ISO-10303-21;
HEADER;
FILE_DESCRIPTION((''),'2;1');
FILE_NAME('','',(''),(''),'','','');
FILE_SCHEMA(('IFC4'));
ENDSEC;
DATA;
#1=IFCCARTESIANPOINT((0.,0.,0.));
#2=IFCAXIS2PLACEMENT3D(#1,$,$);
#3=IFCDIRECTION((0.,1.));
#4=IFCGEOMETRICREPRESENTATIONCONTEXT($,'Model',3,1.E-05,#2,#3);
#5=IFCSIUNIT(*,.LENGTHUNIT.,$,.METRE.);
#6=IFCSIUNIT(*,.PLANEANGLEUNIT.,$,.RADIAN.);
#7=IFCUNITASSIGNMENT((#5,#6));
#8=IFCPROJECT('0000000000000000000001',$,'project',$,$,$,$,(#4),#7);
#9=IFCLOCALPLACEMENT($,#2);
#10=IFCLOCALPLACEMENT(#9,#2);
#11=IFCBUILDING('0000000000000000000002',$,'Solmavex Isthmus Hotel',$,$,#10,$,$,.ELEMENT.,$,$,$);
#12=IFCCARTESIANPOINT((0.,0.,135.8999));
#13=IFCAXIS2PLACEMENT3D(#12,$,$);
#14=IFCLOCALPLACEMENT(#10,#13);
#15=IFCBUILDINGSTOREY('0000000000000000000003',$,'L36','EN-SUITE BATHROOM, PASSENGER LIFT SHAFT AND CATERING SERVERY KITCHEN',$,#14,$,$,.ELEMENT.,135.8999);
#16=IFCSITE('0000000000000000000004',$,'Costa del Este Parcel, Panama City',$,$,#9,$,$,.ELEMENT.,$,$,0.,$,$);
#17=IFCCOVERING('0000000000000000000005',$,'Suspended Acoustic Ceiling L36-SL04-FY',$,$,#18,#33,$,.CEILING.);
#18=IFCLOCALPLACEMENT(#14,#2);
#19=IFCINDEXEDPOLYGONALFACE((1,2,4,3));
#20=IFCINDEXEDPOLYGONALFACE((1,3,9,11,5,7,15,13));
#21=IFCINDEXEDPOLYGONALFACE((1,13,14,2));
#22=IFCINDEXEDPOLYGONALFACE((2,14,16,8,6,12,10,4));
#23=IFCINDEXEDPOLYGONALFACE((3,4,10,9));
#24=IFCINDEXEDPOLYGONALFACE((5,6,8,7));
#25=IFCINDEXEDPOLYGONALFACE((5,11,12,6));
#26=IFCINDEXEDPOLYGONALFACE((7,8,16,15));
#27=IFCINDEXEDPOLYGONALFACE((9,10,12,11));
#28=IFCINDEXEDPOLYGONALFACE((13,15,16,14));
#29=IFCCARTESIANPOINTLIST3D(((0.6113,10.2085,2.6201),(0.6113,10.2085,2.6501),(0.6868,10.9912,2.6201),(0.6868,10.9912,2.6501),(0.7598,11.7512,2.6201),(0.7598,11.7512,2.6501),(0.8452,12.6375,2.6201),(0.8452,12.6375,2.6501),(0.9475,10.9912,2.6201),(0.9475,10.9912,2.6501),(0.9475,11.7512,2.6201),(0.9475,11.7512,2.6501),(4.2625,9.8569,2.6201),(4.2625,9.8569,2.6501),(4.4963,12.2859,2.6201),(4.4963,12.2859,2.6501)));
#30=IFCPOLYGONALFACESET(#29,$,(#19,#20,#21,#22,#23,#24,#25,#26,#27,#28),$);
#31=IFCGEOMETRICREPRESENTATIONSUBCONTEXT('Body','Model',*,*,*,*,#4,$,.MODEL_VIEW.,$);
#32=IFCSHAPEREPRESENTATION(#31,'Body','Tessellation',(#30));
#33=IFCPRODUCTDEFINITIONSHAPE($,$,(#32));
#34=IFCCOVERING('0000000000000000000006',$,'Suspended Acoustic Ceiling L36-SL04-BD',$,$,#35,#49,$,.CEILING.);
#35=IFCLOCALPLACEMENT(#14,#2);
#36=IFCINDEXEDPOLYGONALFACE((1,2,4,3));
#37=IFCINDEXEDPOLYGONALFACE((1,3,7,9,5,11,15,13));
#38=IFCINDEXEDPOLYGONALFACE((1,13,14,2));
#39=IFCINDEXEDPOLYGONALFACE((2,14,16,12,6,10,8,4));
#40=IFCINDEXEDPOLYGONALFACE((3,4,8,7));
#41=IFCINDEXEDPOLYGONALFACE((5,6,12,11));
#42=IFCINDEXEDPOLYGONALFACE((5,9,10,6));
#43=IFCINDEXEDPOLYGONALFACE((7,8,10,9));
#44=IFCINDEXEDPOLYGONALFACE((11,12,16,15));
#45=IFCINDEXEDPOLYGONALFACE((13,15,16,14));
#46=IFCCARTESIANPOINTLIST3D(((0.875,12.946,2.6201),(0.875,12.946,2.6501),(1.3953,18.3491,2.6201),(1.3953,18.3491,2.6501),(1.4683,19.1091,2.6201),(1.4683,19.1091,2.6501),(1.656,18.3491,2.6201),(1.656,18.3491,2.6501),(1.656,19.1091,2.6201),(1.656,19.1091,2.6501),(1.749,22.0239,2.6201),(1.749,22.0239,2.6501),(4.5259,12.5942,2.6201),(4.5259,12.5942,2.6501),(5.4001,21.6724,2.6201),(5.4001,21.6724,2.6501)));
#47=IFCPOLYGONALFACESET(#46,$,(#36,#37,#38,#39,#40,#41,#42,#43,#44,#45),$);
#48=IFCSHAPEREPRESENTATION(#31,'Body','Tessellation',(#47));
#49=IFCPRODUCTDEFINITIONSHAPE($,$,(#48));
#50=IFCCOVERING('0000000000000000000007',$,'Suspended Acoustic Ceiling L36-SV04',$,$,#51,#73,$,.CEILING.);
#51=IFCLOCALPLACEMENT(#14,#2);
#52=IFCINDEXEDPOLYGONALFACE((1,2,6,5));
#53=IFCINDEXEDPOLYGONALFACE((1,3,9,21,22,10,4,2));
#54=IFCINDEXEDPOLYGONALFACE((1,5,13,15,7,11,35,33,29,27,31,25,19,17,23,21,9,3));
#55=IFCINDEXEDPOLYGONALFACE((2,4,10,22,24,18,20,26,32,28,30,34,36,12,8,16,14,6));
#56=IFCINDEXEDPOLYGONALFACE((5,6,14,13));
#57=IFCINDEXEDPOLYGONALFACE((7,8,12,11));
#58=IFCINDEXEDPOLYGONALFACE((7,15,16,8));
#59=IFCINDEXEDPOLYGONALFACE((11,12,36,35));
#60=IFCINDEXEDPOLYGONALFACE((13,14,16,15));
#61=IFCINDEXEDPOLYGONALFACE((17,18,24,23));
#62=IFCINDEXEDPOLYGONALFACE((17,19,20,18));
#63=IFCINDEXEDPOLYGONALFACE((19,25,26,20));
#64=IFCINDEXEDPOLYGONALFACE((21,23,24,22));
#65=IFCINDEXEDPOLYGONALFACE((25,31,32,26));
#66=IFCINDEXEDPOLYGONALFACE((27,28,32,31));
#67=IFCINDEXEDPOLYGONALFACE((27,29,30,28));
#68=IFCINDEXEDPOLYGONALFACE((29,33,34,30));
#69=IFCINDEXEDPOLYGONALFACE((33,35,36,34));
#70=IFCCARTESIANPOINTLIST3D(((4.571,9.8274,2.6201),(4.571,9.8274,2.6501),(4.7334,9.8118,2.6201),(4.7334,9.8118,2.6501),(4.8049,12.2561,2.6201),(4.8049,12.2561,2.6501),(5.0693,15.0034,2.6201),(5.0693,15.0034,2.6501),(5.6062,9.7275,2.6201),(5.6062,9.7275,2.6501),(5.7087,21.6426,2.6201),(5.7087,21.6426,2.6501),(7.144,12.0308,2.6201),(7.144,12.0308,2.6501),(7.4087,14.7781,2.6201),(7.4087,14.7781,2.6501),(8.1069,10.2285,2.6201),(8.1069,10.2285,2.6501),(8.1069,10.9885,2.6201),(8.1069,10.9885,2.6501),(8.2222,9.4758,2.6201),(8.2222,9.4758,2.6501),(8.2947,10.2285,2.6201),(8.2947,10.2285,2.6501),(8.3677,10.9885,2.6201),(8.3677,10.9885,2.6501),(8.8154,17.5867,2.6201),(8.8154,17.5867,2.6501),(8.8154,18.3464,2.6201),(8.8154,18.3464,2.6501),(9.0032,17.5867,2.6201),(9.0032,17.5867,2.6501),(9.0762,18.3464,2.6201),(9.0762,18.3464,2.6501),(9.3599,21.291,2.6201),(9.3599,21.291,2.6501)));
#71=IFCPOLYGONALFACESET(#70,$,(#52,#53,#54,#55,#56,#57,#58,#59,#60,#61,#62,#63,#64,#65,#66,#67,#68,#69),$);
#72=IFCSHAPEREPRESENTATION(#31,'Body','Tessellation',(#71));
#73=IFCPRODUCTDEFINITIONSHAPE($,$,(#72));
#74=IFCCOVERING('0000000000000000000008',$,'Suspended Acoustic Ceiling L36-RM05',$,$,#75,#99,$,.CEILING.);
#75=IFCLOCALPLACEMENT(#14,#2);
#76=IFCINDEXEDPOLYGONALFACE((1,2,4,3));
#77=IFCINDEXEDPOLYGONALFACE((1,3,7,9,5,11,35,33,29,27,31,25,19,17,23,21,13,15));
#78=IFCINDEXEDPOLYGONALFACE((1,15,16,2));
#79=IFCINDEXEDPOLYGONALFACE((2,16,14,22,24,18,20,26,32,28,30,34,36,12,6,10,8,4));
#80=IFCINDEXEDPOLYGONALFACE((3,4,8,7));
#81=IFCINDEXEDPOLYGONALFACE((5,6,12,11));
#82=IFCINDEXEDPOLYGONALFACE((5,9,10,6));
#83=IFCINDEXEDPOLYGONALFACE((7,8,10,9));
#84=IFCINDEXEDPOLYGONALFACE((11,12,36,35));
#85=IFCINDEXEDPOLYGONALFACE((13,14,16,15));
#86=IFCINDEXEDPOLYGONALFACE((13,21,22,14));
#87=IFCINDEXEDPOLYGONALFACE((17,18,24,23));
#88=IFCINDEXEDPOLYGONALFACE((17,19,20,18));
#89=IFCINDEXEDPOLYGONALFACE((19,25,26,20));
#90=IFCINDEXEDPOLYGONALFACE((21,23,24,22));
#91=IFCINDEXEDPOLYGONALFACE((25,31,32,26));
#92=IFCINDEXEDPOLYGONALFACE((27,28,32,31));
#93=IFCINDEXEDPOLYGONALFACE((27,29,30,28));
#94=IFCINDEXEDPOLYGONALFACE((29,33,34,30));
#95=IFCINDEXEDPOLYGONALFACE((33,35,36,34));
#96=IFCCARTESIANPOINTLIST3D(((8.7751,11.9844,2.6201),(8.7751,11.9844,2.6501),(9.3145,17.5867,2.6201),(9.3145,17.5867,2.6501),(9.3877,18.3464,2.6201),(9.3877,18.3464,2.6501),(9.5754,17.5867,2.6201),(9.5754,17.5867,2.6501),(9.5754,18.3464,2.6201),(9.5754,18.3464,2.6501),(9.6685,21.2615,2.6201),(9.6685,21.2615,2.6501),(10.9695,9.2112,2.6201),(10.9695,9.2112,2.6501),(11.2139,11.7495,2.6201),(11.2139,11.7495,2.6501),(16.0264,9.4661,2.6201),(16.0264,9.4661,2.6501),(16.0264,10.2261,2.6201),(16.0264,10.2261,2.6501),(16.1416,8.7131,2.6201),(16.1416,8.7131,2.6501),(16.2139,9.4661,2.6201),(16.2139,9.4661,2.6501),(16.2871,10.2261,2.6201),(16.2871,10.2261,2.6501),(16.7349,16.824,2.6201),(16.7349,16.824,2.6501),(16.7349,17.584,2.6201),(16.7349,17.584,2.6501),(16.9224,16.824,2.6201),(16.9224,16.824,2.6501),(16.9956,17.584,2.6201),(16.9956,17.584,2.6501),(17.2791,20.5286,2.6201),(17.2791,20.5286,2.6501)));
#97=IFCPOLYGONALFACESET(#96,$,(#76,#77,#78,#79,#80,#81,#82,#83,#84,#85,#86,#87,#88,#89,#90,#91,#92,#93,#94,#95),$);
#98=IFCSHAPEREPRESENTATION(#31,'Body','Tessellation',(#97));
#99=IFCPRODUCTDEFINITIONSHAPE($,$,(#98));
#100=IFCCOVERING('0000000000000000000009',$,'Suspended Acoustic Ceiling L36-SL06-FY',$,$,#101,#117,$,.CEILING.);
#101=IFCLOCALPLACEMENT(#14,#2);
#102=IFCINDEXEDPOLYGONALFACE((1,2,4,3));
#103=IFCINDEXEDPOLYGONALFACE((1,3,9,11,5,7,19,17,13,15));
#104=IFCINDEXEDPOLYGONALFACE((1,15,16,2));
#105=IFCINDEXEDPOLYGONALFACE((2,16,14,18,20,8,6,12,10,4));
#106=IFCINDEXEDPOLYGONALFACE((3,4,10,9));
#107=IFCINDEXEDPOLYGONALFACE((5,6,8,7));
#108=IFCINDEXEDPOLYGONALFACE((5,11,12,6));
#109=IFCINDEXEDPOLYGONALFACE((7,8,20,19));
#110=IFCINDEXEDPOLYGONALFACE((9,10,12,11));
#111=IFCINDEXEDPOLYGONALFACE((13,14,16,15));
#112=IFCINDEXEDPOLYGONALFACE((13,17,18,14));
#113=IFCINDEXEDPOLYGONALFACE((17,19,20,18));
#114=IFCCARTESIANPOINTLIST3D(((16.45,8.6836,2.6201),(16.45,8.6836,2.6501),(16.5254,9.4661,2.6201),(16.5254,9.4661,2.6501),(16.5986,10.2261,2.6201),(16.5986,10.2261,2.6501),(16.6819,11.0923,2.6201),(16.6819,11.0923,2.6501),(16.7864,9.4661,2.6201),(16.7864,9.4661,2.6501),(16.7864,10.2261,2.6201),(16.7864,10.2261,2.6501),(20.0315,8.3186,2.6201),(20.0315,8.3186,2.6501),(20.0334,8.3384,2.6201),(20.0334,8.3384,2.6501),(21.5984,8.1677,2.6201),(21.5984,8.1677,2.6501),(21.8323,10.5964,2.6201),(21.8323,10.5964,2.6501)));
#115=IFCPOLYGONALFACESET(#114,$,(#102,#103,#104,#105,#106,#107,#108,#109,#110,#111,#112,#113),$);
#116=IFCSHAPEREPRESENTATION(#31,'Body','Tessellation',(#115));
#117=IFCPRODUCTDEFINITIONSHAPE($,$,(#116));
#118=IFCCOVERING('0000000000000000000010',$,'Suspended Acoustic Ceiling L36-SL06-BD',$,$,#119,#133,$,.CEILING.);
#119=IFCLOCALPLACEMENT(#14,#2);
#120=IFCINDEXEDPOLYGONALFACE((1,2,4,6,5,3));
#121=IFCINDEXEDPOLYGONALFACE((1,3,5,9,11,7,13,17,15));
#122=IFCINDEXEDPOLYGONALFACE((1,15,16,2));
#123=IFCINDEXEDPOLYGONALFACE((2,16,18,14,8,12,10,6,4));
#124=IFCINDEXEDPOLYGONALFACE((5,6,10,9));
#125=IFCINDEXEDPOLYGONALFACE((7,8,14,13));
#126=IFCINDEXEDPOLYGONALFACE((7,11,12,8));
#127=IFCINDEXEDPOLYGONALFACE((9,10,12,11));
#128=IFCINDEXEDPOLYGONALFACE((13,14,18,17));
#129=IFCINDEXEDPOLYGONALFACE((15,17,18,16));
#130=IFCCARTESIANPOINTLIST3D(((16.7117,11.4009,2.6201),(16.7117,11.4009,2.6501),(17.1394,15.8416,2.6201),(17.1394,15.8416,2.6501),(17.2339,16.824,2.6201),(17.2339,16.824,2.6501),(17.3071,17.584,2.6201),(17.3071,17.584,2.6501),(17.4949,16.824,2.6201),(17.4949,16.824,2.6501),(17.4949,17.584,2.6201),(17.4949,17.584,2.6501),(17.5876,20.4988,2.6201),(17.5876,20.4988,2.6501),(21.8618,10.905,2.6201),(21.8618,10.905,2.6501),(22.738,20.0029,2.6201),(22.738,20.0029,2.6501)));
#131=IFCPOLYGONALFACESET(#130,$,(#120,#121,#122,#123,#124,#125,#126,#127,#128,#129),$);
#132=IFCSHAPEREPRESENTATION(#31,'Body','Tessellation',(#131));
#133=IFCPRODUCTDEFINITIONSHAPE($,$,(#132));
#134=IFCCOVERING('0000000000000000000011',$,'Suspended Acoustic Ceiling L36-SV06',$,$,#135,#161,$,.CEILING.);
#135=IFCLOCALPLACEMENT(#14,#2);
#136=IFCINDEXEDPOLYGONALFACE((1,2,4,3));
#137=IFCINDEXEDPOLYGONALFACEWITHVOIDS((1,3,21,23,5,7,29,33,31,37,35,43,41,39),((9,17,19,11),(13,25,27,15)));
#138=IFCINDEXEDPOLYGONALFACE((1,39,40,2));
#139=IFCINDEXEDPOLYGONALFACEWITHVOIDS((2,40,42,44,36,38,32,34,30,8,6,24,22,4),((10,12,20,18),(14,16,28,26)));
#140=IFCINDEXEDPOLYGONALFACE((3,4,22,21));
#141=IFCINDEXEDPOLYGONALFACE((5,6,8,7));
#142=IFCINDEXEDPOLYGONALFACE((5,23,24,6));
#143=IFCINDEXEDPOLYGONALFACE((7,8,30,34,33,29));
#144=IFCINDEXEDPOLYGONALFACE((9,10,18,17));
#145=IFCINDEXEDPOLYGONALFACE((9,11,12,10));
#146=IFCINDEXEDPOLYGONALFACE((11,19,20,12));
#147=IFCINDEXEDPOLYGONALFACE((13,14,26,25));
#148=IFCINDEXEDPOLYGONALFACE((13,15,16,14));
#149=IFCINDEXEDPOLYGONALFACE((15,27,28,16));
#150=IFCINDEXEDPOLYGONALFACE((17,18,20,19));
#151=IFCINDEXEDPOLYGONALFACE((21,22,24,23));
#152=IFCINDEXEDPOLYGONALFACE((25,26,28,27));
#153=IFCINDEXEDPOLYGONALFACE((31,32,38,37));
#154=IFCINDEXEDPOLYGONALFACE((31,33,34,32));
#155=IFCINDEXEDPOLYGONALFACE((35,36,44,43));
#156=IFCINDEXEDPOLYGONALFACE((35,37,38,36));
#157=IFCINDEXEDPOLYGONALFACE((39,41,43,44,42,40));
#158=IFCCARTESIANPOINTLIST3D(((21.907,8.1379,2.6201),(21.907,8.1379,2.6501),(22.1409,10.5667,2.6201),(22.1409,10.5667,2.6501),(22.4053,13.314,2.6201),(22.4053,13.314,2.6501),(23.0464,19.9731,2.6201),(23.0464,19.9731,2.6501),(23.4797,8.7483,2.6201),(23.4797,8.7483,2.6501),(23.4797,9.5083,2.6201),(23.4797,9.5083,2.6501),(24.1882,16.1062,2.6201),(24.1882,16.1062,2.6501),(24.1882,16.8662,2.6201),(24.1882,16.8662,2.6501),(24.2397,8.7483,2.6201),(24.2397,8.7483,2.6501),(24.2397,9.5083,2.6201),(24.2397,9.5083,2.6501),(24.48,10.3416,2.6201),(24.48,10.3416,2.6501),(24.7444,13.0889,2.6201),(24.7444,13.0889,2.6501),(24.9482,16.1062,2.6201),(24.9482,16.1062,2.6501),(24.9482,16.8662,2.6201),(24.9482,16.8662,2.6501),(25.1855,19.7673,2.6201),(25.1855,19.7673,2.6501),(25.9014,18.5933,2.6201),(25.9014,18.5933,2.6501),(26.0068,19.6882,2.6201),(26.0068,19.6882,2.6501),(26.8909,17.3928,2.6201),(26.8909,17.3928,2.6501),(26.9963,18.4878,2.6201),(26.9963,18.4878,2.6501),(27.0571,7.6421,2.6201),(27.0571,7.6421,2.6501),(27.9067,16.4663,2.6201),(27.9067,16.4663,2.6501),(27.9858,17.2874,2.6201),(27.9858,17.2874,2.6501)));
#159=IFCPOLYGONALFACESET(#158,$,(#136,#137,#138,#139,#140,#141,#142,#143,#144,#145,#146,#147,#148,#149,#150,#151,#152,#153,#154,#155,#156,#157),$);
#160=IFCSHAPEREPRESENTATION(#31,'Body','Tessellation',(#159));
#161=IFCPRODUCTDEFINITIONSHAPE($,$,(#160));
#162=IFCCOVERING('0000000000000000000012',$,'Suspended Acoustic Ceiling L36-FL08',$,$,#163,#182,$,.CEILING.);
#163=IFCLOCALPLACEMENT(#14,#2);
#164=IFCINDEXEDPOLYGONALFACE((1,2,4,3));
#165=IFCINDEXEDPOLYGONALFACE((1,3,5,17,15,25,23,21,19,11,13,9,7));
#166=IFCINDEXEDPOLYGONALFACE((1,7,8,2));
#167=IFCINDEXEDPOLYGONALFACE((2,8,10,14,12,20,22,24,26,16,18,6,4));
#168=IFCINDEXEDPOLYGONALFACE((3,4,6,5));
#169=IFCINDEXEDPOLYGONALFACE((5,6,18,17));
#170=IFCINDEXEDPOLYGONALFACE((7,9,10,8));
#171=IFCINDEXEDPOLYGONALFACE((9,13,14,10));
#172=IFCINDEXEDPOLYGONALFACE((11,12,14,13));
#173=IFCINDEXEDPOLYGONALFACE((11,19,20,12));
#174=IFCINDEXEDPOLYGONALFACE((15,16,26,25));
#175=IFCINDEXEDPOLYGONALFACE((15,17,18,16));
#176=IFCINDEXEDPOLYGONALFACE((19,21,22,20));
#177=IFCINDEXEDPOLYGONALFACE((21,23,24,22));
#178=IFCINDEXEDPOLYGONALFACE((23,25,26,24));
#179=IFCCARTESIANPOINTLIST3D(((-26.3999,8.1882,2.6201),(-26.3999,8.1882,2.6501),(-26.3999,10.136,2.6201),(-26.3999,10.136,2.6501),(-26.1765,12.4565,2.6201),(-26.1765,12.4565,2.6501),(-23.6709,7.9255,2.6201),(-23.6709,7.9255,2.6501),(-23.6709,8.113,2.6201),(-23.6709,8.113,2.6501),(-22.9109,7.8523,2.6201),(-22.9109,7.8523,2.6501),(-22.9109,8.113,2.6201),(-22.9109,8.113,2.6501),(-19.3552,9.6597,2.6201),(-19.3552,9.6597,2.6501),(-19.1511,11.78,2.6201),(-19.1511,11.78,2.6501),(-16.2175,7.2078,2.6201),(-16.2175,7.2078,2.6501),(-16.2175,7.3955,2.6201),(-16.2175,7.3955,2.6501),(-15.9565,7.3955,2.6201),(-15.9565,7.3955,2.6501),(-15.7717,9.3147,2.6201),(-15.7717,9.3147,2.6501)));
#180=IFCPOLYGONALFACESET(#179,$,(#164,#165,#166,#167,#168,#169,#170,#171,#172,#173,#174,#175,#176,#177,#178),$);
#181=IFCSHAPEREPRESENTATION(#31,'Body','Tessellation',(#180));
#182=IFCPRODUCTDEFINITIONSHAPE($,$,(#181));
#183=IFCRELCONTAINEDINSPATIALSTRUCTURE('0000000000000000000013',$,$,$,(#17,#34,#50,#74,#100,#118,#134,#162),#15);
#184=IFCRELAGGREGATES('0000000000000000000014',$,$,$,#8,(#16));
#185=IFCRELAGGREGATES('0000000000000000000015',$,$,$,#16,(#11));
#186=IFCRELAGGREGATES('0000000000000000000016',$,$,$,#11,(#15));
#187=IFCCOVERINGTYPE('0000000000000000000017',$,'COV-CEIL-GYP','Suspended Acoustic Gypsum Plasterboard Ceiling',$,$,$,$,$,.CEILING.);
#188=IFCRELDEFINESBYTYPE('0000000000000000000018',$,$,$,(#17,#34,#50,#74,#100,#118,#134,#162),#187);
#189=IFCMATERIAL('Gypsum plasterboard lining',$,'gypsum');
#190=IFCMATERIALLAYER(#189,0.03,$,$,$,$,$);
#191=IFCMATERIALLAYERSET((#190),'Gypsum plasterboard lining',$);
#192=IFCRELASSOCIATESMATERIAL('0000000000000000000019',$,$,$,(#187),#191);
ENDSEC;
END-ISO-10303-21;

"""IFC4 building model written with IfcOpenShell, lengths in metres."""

from ifc_helpers import new_model, si_unit, direction, frame, origin, place, context, subcontext, project, spatial, polyline, outline, extrude, material, layer, layer_set, type_object, element, save


model = new_model("IFC4")

# Units and contexts
model_context = context("Model", 3, precision=1e-05, world=origin(), true_north=direction((0.0, 1.0)))
body_context = subcontext(model_context, "Body", "Model", "MODEL_VIEW")
ifc_project = project(units=[si_unit("LENGTHUNIT", "METRE"), si_unit("PLANEANGLEUNIT", "RADIAN")], contexts=[model_context])

# Site, building, storey
site_placement = place(None, origin())
site = spatial("IfcSite", under=ifc_project, at=site_placement, Name="Costa del Este Parcel, Panama City", CompositionType="ELEMENT", RefElevation=0.0)
building_placement = place(site_placement, origin())
building = spatial("IfcBuilding", under=site, at=building_placement, Name="Solmavex Isthmus Hotel", CompositionType="ELEMENT")
storey_placement = place(building_placement, frame((0.0, 0.0, 135.8999)))
storey = spatial("IfcBuildingStorey", under=building, at=storey_placement, Name="L36", Description="EN-SUITE BATHROOM, PASSENGER LIFT SHAFT AND CATERING SERVERY KITCHEN", CompositionType="ELEMENT", Elevation=135.8999)

# Shared definitions
ifc_material_1 = material(Name="Gypsum plasterboard lining", Category="gypsum")

# Coverings
ifc_layer_1 = layer(ifc_material_1, 0.03)
ifc_layer_set_1 = layer_set([ifc_layer_1], Name="Gypsum plasterboard lining")
covering_type_1 = type_object("IfcCoveringType", Name="COV-CEIL-GYP", Description="Suspended Acoustic Gypsum Plasterboard Ceiling", PredefinedType="CEILING", material=ifc_layer_set_1)
covering_1_placement = place(storey_placement, frame((0.0, 0.0, 2.6201)))
element("IfcCovering", 1, at=covering_1_placement, inside=storey, type_object=covering_type_1, Name="Suspended Acoustic Ceiling L36-SL04-FY", PredefinedType="CEILING", context=body_context, shape_type="SweptSolid", body=[
    extrude(outline(polyline([(0.7598, 11.7512), (0.9475, 11.7512), (0.9475, 10.9912), (0.6868, 10.9912), (0.6113, 10.2085), (4.2625, 9.8569), (4.4963, 12.2859), (0.8452, 12.6375), (0.7598, 11.7512)])), origin(), (0.0, 0.0, 1.0), 0.03),
])
covering_2_placement = place(storey_placement, frame((0.0, 0.0, 2.6201)))
element("IfcCovering", 2, at=covering_2_placement, inside=storey, type_object=covering_type_1, Name="Suspended Acoustic Ceiling L36-SL04-BD", PredefinedType="CEILING", context=body_context, shape_type="SweptSolid", body=[
    extrude(outline(polyline([(1.4683, 19.1091), (1.656, 19.1091), (1.656, 18.3491), (1.3953, 18.3491), (0.875, 12.946), (4.5259, 12.5942), (5.4001, 21.6724), (1.749, 22.0239), (1.4683, 19.1091)])), origin(), (0.0, 0.0, 1.0), 0.03),
])
covering_3_placement = place(storey_placement, frame((0.0, 0.0, 2.6201)))
element("IfcCovering", 3, at=covering_3_placement, inside=storey, type_object=covering_type_1, Name="Suspended Acoustic Ceiling L36-SV04", PredefinedType="CEILING", context=body_context, shape_type="SweptSolid", body=[
    extrude(outline(polyline([(5.0693, 15.0034), (7.4087, 14.7781), (7.144, 12.0308), (4.8049, 12.2561), (4.571, 9.8274), (4.7334, 9.8118), (5.6062, 9.7275), (8.2222, 9.4758), (8.2947, 10.2285), (8.1069, 10.2285), (8.1069, 10.9885), (8.3677, 10.9885), (9.0032, 17.5867), (8.8154, 17.5867), (8.8154, 18.3464), (9.0762, 18.3464), (9.3599, 21.291), (5.7087, 21.6426), (5.0693, 15.0034)])), origin(), (0.0, 0.0, 1.0), 0.03),
])
covering_4_placement = place(storey_placement, frame((0.0, 0.0, 2.6201)))
element("IfcCovering", 4, at=covering_4_placement, inside=storey, type_object=covering_type_1, Name="Suspended Acoustic Ceiling L36-RM05", PredefinedType="CEILING", context=body_context, shape_type="SweptSolid", body=[
    extrude(outline(polyline([(9.3877, 18.3464), (9.5754, 18.3464), (9.5754, 17.5867), (9.3145, 17.5867), (8.7751, 11.9844), (11.2139, 11.7495), (10.9695, 9.2112), (16.1416, 8.7131), (16.2139, 9.4661), (16.0264, 9.4661), (16.0264, 10.2261), (16.2871, 10.2261), (16.9224, 16.824), (16.7349, 16.824), (16.7349, 17.584), (16.9956, 17.584), (17.2791, 20.5286), (9.6685, 21.2615), (9.3877, 18.3464)])), origin(), (0.0, 0.0, 1.0), 0.03),
])
covering_5_placement = place(storey_placement, frame((0.0, 0.0, 2.6201)))
element("IfcCovering", 5, at=covering_5_placement, inside=storey, type_object=covering_type_1, Name="Suspended Acoustic Ceiling L36-SL06-FY", PredefinedType="CEILING", context=body_context, shape_type="SweptSolid", body=[
    extrude(outline(polyline([(16.5986, 10.2261), (16.7864, 10.2261), (16.7864, 9.4661), (16.5254, 9.4661), (16.45, 8.6836), (20.0334, 8.3384), (20.0315, 8.3186), (21.5984, 8.1677), (21.8323, 10.5964), (16.6819, 11.0923), (16.5986, 10.2261)])), origin(), (0.0, 0.0, 1.0), 0.03),
])
covering_6_placement = place(storey_placement, frame((0.0, 0.0, 2.6201)))
element("IfcCovering", 6, at=covering_6_placement, inside=storey, type_object=covering_type_1, Name="Suspended Acoustic Ceiling L36-SL06-BD", PredefinedType="CEILING", context=body_context, shape_type="SweptSolid", body=[
    extrude(outline(polyline([(17.3071, 17.584), (17.4949, 17.584), (17.4949, 16.824), (17.2339, 16.824), (17.1394, 15.8416), (16.7117, 11.4009), (21.8618, 10.905), (22.738, 20.0029), (17.5876, 20.4988), (17.3071, 17.584)])), origin(), (0.0, 0.0, 1.0), 0.03),
])
covering_7_placement = place(storey_placement, frame((0.0, 0.0, 2.6201)))
element("IfcCovering", 7, at=covering_7_placement, inside=storey, type_object=covering_type_1, Name="Suspended Acoustic Ceiling L36-SV06", PredefinedType="CEILING", context=body_context, shape_type="SweptSolid", body=[
    extrude(outline(polyline([(22.1409, 10.5667), (21.907, 8.1379), (27.0571, 7.6421), (27.9067, 16.4663), (27.9858, 17.2874), (26.8909, 17.3928), (26.9963, 18.4878), (25.9014, 18.5933), (26.0068, 19.6882), (25.1855, 19.7673), (23.0464, 19.9731), (22.4053, 13.314), (24.7444, 13.0889), (24.48, 10.3416), (22.1409, 10.5667)]), holes=[polyline([(24.1882, 16.1062), (24.1882, 16.8662), (24.9482, 16.8662), (24.9482, 16.1062), (24.1882, 16.1062)]), polyline([(23.4797, 8.7483), (23.4797, 9.5083), (24.2397, 9.5083), (24.2397, 8.7483), (23.4797, 8.7483)])]), origin(), (0.0, 0.0, 1.0), 0.03),
])
covering_8_placement = place(storey_placement, frame((0.0, 0.0, 2.6201)))
element("IfcCovering", 8, at=covering_8_placement, inside=storey, type_object=covering_type_1, Name="Suspended Acoustic Ceiling L36-FL08", PredefinedType="CEILING", context=body_context, shape_type="SweptSolid", body=[
    extrude(outline(polyline([(-16.2175, 7.2078), (-16.2175, 7.3955), (-15.9565, 7.3955), (-15.7717, 9.3147), (-19.3552, 9.6597), (-19.1511, 11.78), (-26.1765, 12.4565), (-26.3999, 10.136), (-26.3999, 8.1882), (-23.6709, 7.9255), (-23.6709, 8.113), (-22.9109, 8.113), (-22.9109, 7.8523), (-16.2175, 7.2078)])), origin(), (0.0, 0.0, 1.0), 0.03),
])

save(model, "model.ifc")
